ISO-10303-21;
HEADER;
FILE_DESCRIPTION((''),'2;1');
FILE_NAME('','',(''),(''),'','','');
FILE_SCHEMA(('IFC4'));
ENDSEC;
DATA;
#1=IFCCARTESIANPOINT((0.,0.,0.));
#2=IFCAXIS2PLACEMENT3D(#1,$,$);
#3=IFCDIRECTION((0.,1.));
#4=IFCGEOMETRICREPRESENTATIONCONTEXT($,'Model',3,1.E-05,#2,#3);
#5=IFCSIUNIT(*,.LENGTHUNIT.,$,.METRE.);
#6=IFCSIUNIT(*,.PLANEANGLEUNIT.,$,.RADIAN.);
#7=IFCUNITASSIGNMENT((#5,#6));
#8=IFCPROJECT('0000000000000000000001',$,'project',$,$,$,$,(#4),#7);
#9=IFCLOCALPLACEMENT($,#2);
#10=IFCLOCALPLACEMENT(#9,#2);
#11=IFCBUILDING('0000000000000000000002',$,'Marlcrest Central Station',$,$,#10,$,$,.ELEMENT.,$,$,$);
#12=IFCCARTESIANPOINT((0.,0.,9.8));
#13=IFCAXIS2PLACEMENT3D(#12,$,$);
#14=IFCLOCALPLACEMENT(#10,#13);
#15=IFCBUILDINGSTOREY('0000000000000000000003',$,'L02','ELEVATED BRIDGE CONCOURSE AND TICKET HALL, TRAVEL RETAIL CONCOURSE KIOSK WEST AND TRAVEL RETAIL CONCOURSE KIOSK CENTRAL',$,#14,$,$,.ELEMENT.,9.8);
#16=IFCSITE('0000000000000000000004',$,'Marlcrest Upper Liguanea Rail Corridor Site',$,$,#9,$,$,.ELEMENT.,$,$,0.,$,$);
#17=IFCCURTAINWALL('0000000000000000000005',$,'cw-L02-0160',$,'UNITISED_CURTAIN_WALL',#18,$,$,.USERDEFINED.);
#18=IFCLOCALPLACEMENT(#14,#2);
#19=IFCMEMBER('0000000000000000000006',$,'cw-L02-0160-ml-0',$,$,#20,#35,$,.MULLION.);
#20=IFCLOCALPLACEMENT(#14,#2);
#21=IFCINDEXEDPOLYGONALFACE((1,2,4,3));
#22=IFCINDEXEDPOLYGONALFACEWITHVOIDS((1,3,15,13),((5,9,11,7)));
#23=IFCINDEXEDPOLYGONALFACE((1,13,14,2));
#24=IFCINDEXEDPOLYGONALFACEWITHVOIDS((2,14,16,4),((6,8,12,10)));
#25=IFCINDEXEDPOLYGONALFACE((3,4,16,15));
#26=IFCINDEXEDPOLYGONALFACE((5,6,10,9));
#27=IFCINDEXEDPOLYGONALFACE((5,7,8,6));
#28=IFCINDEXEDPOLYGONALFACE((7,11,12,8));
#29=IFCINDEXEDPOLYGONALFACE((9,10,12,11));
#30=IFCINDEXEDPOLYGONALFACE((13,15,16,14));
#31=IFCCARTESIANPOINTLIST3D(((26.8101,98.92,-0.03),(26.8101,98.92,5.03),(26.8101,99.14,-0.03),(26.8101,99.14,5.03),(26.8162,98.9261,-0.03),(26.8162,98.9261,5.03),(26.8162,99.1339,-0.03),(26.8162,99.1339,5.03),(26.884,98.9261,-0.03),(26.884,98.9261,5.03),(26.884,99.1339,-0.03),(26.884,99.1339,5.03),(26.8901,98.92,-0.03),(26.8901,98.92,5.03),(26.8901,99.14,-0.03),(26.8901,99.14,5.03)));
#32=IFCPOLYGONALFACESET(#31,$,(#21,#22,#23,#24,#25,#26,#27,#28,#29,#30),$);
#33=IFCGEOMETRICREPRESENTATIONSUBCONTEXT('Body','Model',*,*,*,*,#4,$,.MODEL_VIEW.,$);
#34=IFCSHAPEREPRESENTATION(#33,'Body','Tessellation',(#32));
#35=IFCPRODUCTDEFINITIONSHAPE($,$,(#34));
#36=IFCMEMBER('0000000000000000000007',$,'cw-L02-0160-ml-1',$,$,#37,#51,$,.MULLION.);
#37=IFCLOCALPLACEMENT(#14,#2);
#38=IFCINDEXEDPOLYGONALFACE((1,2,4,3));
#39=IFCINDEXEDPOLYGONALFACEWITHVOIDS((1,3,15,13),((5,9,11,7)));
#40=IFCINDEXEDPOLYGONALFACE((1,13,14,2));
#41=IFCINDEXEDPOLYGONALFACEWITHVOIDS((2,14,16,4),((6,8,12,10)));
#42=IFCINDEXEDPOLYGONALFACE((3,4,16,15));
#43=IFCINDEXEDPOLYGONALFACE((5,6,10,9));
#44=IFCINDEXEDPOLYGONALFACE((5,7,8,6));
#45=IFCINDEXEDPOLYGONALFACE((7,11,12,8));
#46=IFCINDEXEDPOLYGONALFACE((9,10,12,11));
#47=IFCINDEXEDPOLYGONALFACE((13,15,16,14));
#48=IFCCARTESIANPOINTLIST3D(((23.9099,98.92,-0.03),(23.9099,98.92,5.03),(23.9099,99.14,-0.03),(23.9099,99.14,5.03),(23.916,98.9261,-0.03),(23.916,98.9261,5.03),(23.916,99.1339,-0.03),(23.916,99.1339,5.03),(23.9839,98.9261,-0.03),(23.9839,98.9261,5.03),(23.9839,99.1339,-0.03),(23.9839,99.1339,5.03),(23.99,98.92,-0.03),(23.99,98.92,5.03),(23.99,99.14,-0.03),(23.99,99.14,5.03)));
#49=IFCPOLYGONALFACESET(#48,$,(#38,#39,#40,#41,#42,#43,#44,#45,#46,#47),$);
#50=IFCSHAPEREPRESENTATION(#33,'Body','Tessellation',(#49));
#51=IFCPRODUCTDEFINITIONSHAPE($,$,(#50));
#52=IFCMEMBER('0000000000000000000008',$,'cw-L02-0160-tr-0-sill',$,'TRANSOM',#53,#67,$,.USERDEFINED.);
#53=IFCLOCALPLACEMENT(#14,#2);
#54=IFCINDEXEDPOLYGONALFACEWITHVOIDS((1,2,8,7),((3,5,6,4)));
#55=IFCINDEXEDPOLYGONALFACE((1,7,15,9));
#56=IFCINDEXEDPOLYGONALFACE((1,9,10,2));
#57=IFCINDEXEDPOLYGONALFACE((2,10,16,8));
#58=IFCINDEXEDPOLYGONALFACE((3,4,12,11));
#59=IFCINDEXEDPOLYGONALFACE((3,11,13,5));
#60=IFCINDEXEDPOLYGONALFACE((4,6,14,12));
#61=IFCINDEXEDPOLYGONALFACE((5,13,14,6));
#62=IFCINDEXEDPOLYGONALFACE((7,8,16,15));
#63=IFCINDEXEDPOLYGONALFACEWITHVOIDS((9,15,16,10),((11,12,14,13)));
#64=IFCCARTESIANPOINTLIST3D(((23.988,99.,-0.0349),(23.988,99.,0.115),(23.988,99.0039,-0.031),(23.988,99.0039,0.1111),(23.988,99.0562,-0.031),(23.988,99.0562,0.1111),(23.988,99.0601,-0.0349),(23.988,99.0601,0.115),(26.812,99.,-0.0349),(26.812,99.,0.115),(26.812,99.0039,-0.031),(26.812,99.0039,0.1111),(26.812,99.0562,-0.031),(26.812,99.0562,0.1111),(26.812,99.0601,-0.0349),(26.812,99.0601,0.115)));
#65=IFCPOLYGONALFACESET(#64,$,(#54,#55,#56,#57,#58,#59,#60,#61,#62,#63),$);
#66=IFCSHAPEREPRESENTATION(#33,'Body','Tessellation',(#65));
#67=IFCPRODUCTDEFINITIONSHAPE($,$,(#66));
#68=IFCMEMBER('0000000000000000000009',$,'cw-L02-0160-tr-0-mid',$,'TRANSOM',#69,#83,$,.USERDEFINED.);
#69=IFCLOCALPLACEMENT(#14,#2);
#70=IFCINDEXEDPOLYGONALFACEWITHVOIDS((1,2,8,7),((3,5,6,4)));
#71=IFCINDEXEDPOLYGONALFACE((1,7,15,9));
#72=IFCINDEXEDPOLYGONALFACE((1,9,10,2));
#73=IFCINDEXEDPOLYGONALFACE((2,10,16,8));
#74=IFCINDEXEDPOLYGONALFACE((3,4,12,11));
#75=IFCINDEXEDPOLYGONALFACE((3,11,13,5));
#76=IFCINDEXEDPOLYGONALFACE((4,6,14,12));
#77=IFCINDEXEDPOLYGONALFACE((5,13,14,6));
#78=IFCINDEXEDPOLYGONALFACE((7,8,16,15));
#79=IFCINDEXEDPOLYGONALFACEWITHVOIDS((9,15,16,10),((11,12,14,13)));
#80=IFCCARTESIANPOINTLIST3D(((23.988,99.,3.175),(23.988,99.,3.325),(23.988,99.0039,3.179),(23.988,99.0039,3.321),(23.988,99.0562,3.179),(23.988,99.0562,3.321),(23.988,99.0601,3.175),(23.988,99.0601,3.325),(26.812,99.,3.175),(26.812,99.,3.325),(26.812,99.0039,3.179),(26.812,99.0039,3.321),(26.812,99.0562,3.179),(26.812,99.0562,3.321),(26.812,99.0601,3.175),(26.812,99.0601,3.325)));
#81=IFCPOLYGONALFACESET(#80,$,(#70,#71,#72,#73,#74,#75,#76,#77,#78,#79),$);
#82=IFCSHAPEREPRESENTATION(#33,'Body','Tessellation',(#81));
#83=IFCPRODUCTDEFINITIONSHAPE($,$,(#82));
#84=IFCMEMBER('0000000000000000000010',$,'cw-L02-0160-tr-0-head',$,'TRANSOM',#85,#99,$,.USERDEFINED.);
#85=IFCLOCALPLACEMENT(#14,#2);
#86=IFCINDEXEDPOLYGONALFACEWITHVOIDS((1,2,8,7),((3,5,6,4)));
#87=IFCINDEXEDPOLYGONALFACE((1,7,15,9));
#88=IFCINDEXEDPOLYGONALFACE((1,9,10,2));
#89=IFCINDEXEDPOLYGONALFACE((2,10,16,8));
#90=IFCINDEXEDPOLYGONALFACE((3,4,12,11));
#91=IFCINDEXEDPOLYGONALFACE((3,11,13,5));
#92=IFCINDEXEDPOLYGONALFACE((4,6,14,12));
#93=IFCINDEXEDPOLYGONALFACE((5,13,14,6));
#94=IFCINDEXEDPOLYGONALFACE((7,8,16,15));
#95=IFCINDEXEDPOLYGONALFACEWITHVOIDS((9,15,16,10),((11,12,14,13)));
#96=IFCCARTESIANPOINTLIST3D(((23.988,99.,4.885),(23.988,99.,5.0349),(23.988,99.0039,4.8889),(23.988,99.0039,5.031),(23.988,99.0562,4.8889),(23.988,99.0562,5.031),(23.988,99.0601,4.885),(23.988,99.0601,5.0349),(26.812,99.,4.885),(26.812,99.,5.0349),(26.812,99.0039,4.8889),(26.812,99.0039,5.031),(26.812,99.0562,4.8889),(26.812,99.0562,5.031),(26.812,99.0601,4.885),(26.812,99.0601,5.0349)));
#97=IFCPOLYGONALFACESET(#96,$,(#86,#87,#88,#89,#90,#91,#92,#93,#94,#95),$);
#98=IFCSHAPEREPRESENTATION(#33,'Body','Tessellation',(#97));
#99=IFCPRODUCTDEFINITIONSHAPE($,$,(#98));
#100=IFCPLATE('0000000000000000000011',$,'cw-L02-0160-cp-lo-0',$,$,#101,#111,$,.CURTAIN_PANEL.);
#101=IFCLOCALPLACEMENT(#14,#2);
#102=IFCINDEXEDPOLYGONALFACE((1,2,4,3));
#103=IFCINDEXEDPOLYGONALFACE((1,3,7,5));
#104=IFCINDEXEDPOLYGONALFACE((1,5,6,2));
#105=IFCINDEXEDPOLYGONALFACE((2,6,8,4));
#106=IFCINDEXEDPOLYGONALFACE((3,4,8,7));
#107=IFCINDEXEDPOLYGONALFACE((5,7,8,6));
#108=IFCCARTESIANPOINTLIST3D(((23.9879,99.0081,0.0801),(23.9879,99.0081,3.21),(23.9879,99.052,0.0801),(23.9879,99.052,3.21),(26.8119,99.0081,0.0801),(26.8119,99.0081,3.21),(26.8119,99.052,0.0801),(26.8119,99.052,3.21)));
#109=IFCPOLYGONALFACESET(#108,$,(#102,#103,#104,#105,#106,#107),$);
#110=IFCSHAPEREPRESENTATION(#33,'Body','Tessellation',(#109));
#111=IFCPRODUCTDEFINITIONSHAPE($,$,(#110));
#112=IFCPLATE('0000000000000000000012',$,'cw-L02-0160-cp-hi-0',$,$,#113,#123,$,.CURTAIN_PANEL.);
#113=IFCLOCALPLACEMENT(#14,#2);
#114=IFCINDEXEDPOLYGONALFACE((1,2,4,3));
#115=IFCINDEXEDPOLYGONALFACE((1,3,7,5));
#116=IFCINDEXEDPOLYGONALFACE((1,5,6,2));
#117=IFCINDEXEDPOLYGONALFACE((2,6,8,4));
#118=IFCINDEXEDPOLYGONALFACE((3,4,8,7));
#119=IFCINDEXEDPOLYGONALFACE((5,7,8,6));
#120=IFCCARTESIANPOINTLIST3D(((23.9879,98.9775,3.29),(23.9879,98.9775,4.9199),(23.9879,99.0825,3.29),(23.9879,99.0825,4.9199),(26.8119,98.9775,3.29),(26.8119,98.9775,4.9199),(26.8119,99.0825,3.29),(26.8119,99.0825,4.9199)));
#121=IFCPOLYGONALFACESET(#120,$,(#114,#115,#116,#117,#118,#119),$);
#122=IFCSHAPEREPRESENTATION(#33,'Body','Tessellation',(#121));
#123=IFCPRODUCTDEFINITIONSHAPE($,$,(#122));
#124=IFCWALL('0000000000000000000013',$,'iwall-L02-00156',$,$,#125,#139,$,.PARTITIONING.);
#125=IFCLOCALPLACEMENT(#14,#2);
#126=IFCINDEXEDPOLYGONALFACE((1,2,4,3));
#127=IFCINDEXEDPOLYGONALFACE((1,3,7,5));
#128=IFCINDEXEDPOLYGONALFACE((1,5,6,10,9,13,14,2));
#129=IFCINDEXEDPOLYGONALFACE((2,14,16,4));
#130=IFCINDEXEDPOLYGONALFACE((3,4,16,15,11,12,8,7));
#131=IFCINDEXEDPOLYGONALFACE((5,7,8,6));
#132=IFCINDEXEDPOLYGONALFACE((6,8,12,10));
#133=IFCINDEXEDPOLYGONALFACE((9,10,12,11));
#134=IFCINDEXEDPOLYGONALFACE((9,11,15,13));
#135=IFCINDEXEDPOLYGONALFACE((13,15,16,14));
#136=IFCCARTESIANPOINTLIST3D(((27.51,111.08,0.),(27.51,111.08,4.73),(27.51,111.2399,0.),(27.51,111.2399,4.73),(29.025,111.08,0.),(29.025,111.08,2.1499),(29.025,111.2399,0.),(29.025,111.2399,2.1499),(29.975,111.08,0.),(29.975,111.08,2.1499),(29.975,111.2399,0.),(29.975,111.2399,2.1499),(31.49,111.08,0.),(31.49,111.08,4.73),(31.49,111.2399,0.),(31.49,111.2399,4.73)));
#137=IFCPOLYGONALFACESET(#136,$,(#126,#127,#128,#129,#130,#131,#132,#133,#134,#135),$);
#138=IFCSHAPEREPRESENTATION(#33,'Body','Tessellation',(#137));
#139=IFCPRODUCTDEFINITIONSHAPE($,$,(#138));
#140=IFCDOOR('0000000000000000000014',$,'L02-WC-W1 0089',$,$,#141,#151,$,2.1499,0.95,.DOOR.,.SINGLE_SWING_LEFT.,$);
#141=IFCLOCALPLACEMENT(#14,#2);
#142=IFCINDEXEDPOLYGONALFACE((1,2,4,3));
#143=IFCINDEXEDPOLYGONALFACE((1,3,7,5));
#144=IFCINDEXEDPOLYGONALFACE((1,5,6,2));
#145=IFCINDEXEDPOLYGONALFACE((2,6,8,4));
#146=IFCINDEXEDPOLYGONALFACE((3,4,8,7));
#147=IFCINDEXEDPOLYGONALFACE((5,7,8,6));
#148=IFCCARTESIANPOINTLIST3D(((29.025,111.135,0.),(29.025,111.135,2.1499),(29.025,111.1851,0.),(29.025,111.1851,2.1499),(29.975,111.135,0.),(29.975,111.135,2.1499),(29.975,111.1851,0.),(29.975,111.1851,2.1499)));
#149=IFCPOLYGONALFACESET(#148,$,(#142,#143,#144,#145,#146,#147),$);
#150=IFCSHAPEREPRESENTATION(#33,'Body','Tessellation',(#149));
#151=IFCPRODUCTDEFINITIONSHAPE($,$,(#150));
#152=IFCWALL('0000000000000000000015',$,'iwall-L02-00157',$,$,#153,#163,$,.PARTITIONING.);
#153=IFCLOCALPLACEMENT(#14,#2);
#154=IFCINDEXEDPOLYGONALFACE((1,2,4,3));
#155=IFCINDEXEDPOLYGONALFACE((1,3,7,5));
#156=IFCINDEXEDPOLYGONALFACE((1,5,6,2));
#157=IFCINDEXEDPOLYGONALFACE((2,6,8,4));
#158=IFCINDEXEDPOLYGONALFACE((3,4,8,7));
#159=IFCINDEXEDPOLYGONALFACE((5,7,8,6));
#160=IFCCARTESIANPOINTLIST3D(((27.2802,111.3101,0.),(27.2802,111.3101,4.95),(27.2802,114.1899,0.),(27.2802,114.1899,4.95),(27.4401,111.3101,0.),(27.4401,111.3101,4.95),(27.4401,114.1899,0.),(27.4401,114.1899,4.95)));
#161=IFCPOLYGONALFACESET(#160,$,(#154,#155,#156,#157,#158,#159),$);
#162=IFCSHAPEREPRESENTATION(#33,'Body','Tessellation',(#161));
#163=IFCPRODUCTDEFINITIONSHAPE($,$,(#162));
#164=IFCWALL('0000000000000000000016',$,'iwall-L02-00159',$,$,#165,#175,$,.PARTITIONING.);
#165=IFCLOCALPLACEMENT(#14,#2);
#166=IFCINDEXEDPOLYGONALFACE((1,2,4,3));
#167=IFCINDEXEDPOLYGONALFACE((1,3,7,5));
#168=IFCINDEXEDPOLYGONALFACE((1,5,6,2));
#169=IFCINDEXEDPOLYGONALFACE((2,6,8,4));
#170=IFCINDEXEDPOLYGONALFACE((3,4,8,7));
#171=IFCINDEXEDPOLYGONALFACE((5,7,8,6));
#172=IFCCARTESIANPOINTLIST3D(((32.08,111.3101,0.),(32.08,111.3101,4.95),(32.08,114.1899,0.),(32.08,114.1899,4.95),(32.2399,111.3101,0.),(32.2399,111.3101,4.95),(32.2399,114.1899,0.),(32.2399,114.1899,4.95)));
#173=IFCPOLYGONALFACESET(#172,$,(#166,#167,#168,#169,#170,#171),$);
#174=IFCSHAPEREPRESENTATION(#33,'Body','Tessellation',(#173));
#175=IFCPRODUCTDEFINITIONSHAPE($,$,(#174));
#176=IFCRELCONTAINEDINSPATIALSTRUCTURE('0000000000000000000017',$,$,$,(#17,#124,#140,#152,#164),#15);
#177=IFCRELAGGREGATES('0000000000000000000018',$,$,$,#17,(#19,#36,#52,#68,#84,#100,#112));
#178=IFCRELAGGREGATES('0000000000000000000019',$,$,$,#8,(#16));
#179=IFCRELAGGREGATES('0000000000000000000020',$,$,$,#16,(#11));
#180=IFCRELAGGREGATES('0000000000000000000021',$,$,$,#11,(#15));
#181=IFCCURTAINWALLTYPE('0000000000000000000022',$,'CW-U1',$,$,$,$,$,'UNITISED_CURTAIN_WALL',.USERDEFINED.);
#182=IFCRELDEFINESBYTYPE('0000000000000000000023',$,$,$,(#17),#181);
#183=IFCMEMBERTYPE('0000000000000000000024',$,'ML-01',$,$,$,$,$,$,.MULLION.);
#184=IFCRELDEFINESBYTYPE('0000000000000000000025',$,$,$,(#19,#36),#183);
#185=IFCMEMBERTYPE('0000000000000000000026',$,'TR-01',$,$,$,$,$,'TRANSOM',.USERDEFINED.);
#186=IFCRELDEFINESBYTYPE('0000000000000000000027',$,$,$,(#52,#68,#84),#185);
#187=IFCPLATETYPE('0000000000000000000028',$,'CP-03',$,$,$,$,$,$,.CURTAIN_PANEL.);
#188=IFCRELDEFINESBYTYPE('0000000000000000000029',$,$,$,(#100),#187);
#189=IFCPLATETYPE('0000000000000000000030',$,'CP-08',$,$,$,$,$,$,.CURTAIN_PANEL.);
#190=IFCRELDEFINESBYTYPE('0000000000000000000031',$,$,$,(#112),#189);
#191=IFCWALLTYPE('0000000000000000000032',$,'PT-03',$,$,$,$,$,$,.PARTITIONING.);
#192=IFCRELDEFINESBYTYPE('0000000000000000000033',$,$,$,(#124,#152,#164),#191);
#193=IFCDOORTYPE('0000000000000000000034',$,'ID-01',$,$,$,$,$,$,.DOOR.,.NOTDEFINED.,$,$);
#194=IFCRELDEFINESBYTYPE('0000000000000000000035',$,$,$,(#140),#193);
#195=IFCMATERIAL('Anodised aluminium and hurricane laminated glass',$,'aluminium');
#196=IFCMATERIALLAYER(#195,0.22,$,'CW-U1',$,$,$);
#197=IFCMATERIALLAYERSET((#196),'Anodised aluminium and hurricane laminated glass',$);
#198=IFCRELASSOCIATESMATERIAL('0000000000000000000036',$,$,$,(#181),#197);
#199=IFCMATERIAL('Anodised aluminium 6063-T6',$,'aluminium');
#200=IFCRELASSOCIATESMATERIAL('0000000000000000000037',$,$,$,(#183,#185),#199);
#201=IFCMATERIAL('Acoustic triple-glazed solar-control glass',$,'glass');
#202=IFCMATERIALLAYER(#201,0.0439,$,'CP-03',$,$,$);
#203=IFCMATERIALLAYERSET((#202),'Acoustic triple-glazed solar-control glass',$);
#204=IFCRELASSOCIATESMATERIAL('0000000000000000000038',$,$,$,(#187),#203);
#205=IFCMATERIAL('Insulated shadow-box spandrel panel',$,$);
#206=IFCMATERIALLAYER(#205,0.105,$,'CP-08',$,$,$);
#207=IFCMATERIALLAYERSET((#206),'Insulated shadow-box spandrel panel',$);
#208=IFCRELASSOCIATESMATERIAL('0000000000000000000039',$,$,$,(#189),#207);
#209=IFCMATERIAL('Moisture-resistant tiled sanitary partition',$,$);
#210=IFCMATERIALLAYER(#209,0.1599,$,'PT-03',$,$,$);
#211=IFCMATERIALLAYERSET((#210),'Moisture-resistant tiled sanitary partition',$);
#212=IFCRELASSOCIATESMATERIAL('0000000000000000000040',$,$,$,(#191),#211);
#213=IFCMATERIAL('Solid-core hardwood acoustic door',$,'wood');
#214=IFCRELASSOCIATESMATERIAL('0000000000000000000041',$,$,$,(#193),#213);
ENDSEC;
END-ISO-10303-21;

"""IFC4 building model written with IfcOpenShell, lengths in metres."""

from ifc_helpers import new_model, si_unit, direction, frame, frame_2d, origin, origin_2d, place, context, subcontext, project, spatial, rectangle, hollow_rectangle, extrude, material, layer, layer_set, material_profile, profile_set, type_object, element, fill, aggregate, save


model = new_model("IFC4")

# Units and contexts
model_context = context("Model", 3, precision=1e-05, world=origin(), true_north=direction((0.0, 1.0)))
body_context = subcontext(model_context, "Body", "Model", "MODEL_VIEW")
ifc_project = project(units=[si_unit("LENGTHUNIT", "METRE"), si_unit("PLANEANGLEUNIT", "RADIAN")], contexts=[model_context])

# Site, building, storey
site_placement = place(None, origin())
site = spatial("IfcSite", under=ifc_project, at=site_placement, Name="Marlcrest Upper Liguanea Rail Corridor Site", CompositionType="ELEMENT", RefElevation=0.0)
building_placement = place(site_placement, origin())
building = spatial("IfcBuilding", under=site, at=building_placement, Name="Marlcrest Central Station", CompositionType="ELEMENT")
storey_placement = place(building_placement, frame((0.0, 0.0, 9.8)))
storey = spatial("IfcBuildingStorey", under=building, at=storey_placement, Name="L02", Description="ELEVATED BRIDGE CONCOURSE AND TICKET HALL, TRAVEL RETAIL CONCOURSE KIOSK WEST AND TRAVEL RETAIL CONCOURSE KIOSK CENTRAL", CompositionType="ELEMENT", Elevation=9.8)

# Curtain wall, members, plates
ifc_material_1 = material(Name="Anodised aluminium and hurricane laminated glass", Category="aluminium")
ifc_layer_1 = layer(ifc_material_1, 0.22, Name="CW-U1")
ifc_layer_set_1 = layer_set([ifc_layer_1], Name="Anodised aluminium and hurricane laminated glass")
curtain_wall_type = type_object("IfcCurtainWallType", Name="CW-U1", ElementType="UNITISED_CURTAIN_WALL", PredefinedType="USERDEFINED", material=ifc_layer_set_1)
curtain_wall_placement = place(storey_placement, origin())
curtain_wall = element("IfcCurtainWall", 1, at=curtain_wall_placement, inside=storey, type_object=curtain_wall_type, Name="cw-L02-0160", ObjectType="UNITISED_CURTAIN_WALL", PredefinedType="USERDEFINED")
ifc_material_2 = material(Name="Anodised aluminium 6063-T6", Category="aluminium")
ifc_material_profile_1 = material_profile(ifc_material_2, hollow_rectangle(XDim=0.0801, YDim=0.22, WallThickness=0.0061, at=origin_2d()), Name="AA-RHS 220x80x6")
ifc_profile_set_1 = profile_set([ifc_material_profile_1], Name="Anodised aluminium 6063-T6")
member_type_1 = type_object("IfcMemberType", Name="ML-01", PredefinedType="MULLION", material=ifc_profile_set_1)
member_1_placement = place(storey_placement, frame((26.8501, 99.03, -0.03), z_axis=(0.0, 0.0, 1.0), x_axis=(1.0, 0.0, 0.0)))
member_1 = element("IfcMember", 2, at=member_1_placement, type_object=member_type_1, Name="cw-L02-0160-ml-0", PredefinedType="MULLION", context=body_context, shape_type="SweptSolid", body=[
    extrude(hollow_rectangle(XDim=0.0801, YDim=0.22, WallThickness=0.0061, at=origin_2d()), origin(), (0.0, 0.0, 1.0), 5.0601),
])
member_2_placement = place(storey_placement, frame((23.95, 99.03, -0.03), z_axis=(0.0, 0.0, 1.0), x_axis=(1.0, 0.0, 0.0)))
member_2 = element("IfcMember", 3, at=member_2_placement, type_object=member_type_1, Name="cw-L02-0160-ml-1", PredefinedType="MULLION", context=body_context, shape_type="SweptSolid", body=[
    extrude(hollow_rectangle(XDim=0.0801, YDim=0.22, WallThickness=0.0061, at=origin_2d()), origin(), (0.0, 0.0, 1.0), 5.0601),
])
ifc_material_profile_2 = material_profile(ifc_material_2, hollow_rectangle(XDim=0.0601, YDim=0.1499, WallThickness=0.0039, at=origin_2d()), Name="AA-RHS 150x60x4")
ifc_profile_set_2 = profile_set([ifc_material_profile_2], Name="Anodised aluminium 6063-T6")
member_type_2 = type_object("IfcMemberType", Name="TR-01", ElementType="TRANSOM", PredefinedType="USERDEFINED", material=ifc_profile_set_2)
member_3_placement = place(storey_placement, frame((26.812, 99.03, 0.04), z_axis=(-1.0, 0.0, 0.0), x_axis=(0.0, -1.0, 0.0)))
member_3 = element("IfcMember", 4, at=member_3_placement, type_object=member_type_2, Name="cw-L02-0160-tr-0-sill", ObjectType="TRANSOM", PredefinedType="USERDEFINED", context=body_context, shape_type="SweptSolid", body=[
    extrude(hollow_rectangle(XDim=0.0601, YDim=0.1499, WallThickness=0.0039, at=origin_2d()), origin(), (0.0, 0.0, 1.0), 2.824),
])
member_4_placement = place(storey_placement, frame((26.812, 99.03, 3.25), z_axis=(-1.0, 0.0, 0.0), x_axis=(0.0, -1.0, 0.0)))
member_4 = element("IfcMember", 5, at=member_4_placement, type_object=member_type_2, Name="cw-L02-0160-tr-0-mid", ObjectType="TRANSOM", PredefinedType="USERDEFINED", context=body_context, shape_type="SweptSolid", body=[
    extrude(hollow_rectangle(XDim=0.0601, YDim=0.1499, WallThickness=0.0039, at=origin_2d()), origin(), (0.0, 0.0, 1.0), 2.824),
])
member_5_placement = place(storey_placement, frame((26.812, 99.03, 4.96), z_axis=(-1.0, 0.0, 0.0), x_axis=(0.0, -1.0, 0.0)))
member_5 = element("IfcMember", 6, at=member_5_placement, type_object=member_type_2, Name="cw-L02-0160-tr-0-head", ObjectType="TRANSOM", PredefinedType="USERDEFINED", context=body_context, shape_type="SweptSolid", body=[
    extrude(hollow_rectangle(XDim=0.0601, YDim=0.1499, WallThickness=0.0039, at=origin_2d()), origin(), (0.0, 0.0, 1.0), 2.824),
])
ifc_material_3 = material(Name="Acoustic triple-glazed solar-control glass", Category="glass")
ifc_layer_2 = layer(ifc_material_3, 0.0439, Name="CP-03")
ifc_layer_set_2 = layer_set([ifc_layer_2], Name="Acoustic triple-glazed solar-control glass")
plate_type_1 = type_object("IfcPlateType", Name="CP-03", PredefinedType="CURTAIN_PANEL", material=ifc_layer_set_2)
plate_1_placement = place(storey_placement, frame((25.3999, 99.03, 0.0801), z_axis=(0.0, 0.0, 1.0), x_axis=(-1.0, 0.0, 0.0)))
plate_1 = element("IfcPlate", 7, at=plate_1_placement, type_object=plate_type_1, Name="cw-L02-0160-cp-lo-0", PredefinedType="CURTAIN_PANEL", context=body_context, shape_type="SweptSolid", body=[
    extrude(rectangle(XDim=2.824, YDim=0.0439, at=origin_2d()), origin(), (0.0, 0.0, 1.0), 3.1299),
])
ifc_material_4 = material(Name="Insulated shadow-box spandrel panel")
ifc_layer_3 = layer(ifc_material_4, 0.105, Name="CP-08")
ifc_layer_set_3 = layer_set([ifc_layer_3], Name="Insulated shadow-box spandrel panel")
plate_type_2 = type_object("IfcPlateType", Name="CP-08", PredefinedType="CURTAIN_PANEL", material=ifc_layer_set_3)
plate_2_placement = place(storey_placement, frame((25.3999, 99.03, 3.29), z_axis=(0.0, 0.0, 1.0), x_axis=(-1.0, 0.0, 0.0)))
plate_2 = element("IfcPlate", 8, at=plate_2_placement, type_object=plate_type_2, Name="cw-L02-0160-cp-hi-0", PredefinedType="CURTAIN_PANEL", context=body_context, shape_type="SweptSolid", body=[
    extrude(rectangle(XDim=2.824, YDim=0.105, at=origin_2d()), origin(), (0.0, 0.0, 1.0), 1.6299),
])
aggregate(curtain_wall, [member_1, member_2, member_3, member_4, member_5, plate_1, plate_2])

# Wall, opening, door
ifc_material_5 = material(Name="Moisture-resistant tiled sanitary partition")
ifc_layer_4 = layer(ifc_material_5, 0.1599, Name="PT-03")
ifc_layer_set_4 = layer_set([ifc_layer_4], Name="Moisture-resistant tiled sanitary partition")
wall_type_1 = type_object("IfcWallType", Name="PT-03", PredefinedType="PARTITIONING", material=ifc_layer_set_4)
wall_1_placement = place(storey_placement, frame((31.49, 111.1599, 0.0), z_axis=(0.0, 0.0, 1.0), x_axis=(-1.0, 0.0, 0.0)))
wall_1 = element("IfcWall", 9, at=wall_1_placement, inside=storey, type_object=wall_type_1, Name="iwall-L02-00156", PredefinedType="PARTITIONING", context=body_context, shape_type="SweptSolid", body=[
    extrude(rectangle(XDim=3.98, YDim=0.1599, at=frame_2d((1.99, 0.0))), origin(), (0.0, 0.0, 1.0), 4.73),
])
opening_placement = place(wall_1_placement, frame((1.5149, 0.0, 0.0)))
opening = element("IfcOpeningElement", 10, at=opening_placement, cuts=wall_1, PredefinedType="OPENING", context=body_context, shape_type="SweptSolid", body=[
    extrude(rectangle(XDim=0.95, YDim=2.1499, at=frame_2d((0.4751, 1.075))), frame((0.0, 0.0898, 0.0), z_axis=(0.0, -1.0, 0.0), x_axis=(1.0, 0.0, 0.0)), (0.0, 0.0, 1.0), 0.1799),
])
ifc_material_6 = material(Name="Solid-core hardwood acoustic door", Category="wood")
door_type = type_object("IfcDoorType", Name="ID-01", OperationType="NOTDEFINED", PredefinedType="DOOR", material=ifc_material_6)
door_placement = place(opening_placement, origin())
door = element("IfcDoor", 11, at=door_placement, inside=storey, type_object=door_type, Name="L02-WC-W1 0089", OperationType="SINGLE_SWING_LEFT", OverallHeight=2.1499, OverallWidth=0.95, PredefinedType="DOOR", context=body_context, shape_type="SweptSolid", body=[
    extrude(rectangle(XDim=0.95, YDim=2.1499, at=frame_2d((0.4751, 1.075))), frame((0.0, 0.0249, 0.0), z_axis=(0.0, -1.0, 0.0), x_axis=(1.0, 0.0, 0.0)), (0.0, 0.0, 1.0), 0.05),
])
fill(opening, door)

# Walls
for number, where, z_axis, x_axis, name in (
    (12, (27.3601, 111.3101, 0.0), (0.0, 0.0, 1.0), (0.0, 1.0, 0.0), "iwall-L02-00157"),
    (13, (32.1599, 111.3101, 0.0), (0.0, 0.0, 1.0), (0.0, 1.0, 0.0), "iwall-L02-00159"),
):
    element("IfcWall", number, at=place(storey_placement, frame(where, z_axis=z_axis, x_axis=x_axis)), inside=storey, type_object=wall_type_1, Name=name, PredefinedType="PARTITIONING", context=body_context, shape_type="SweptSolid", body=[
        extrude(rectangle(XDim=2.8799, YDim=0.1599, at=frame_2d((1.4399, 0.0))), origin(), (0.0, 0.0, 1.0), 4.95),
    ])

save(model, "model.ifc")
